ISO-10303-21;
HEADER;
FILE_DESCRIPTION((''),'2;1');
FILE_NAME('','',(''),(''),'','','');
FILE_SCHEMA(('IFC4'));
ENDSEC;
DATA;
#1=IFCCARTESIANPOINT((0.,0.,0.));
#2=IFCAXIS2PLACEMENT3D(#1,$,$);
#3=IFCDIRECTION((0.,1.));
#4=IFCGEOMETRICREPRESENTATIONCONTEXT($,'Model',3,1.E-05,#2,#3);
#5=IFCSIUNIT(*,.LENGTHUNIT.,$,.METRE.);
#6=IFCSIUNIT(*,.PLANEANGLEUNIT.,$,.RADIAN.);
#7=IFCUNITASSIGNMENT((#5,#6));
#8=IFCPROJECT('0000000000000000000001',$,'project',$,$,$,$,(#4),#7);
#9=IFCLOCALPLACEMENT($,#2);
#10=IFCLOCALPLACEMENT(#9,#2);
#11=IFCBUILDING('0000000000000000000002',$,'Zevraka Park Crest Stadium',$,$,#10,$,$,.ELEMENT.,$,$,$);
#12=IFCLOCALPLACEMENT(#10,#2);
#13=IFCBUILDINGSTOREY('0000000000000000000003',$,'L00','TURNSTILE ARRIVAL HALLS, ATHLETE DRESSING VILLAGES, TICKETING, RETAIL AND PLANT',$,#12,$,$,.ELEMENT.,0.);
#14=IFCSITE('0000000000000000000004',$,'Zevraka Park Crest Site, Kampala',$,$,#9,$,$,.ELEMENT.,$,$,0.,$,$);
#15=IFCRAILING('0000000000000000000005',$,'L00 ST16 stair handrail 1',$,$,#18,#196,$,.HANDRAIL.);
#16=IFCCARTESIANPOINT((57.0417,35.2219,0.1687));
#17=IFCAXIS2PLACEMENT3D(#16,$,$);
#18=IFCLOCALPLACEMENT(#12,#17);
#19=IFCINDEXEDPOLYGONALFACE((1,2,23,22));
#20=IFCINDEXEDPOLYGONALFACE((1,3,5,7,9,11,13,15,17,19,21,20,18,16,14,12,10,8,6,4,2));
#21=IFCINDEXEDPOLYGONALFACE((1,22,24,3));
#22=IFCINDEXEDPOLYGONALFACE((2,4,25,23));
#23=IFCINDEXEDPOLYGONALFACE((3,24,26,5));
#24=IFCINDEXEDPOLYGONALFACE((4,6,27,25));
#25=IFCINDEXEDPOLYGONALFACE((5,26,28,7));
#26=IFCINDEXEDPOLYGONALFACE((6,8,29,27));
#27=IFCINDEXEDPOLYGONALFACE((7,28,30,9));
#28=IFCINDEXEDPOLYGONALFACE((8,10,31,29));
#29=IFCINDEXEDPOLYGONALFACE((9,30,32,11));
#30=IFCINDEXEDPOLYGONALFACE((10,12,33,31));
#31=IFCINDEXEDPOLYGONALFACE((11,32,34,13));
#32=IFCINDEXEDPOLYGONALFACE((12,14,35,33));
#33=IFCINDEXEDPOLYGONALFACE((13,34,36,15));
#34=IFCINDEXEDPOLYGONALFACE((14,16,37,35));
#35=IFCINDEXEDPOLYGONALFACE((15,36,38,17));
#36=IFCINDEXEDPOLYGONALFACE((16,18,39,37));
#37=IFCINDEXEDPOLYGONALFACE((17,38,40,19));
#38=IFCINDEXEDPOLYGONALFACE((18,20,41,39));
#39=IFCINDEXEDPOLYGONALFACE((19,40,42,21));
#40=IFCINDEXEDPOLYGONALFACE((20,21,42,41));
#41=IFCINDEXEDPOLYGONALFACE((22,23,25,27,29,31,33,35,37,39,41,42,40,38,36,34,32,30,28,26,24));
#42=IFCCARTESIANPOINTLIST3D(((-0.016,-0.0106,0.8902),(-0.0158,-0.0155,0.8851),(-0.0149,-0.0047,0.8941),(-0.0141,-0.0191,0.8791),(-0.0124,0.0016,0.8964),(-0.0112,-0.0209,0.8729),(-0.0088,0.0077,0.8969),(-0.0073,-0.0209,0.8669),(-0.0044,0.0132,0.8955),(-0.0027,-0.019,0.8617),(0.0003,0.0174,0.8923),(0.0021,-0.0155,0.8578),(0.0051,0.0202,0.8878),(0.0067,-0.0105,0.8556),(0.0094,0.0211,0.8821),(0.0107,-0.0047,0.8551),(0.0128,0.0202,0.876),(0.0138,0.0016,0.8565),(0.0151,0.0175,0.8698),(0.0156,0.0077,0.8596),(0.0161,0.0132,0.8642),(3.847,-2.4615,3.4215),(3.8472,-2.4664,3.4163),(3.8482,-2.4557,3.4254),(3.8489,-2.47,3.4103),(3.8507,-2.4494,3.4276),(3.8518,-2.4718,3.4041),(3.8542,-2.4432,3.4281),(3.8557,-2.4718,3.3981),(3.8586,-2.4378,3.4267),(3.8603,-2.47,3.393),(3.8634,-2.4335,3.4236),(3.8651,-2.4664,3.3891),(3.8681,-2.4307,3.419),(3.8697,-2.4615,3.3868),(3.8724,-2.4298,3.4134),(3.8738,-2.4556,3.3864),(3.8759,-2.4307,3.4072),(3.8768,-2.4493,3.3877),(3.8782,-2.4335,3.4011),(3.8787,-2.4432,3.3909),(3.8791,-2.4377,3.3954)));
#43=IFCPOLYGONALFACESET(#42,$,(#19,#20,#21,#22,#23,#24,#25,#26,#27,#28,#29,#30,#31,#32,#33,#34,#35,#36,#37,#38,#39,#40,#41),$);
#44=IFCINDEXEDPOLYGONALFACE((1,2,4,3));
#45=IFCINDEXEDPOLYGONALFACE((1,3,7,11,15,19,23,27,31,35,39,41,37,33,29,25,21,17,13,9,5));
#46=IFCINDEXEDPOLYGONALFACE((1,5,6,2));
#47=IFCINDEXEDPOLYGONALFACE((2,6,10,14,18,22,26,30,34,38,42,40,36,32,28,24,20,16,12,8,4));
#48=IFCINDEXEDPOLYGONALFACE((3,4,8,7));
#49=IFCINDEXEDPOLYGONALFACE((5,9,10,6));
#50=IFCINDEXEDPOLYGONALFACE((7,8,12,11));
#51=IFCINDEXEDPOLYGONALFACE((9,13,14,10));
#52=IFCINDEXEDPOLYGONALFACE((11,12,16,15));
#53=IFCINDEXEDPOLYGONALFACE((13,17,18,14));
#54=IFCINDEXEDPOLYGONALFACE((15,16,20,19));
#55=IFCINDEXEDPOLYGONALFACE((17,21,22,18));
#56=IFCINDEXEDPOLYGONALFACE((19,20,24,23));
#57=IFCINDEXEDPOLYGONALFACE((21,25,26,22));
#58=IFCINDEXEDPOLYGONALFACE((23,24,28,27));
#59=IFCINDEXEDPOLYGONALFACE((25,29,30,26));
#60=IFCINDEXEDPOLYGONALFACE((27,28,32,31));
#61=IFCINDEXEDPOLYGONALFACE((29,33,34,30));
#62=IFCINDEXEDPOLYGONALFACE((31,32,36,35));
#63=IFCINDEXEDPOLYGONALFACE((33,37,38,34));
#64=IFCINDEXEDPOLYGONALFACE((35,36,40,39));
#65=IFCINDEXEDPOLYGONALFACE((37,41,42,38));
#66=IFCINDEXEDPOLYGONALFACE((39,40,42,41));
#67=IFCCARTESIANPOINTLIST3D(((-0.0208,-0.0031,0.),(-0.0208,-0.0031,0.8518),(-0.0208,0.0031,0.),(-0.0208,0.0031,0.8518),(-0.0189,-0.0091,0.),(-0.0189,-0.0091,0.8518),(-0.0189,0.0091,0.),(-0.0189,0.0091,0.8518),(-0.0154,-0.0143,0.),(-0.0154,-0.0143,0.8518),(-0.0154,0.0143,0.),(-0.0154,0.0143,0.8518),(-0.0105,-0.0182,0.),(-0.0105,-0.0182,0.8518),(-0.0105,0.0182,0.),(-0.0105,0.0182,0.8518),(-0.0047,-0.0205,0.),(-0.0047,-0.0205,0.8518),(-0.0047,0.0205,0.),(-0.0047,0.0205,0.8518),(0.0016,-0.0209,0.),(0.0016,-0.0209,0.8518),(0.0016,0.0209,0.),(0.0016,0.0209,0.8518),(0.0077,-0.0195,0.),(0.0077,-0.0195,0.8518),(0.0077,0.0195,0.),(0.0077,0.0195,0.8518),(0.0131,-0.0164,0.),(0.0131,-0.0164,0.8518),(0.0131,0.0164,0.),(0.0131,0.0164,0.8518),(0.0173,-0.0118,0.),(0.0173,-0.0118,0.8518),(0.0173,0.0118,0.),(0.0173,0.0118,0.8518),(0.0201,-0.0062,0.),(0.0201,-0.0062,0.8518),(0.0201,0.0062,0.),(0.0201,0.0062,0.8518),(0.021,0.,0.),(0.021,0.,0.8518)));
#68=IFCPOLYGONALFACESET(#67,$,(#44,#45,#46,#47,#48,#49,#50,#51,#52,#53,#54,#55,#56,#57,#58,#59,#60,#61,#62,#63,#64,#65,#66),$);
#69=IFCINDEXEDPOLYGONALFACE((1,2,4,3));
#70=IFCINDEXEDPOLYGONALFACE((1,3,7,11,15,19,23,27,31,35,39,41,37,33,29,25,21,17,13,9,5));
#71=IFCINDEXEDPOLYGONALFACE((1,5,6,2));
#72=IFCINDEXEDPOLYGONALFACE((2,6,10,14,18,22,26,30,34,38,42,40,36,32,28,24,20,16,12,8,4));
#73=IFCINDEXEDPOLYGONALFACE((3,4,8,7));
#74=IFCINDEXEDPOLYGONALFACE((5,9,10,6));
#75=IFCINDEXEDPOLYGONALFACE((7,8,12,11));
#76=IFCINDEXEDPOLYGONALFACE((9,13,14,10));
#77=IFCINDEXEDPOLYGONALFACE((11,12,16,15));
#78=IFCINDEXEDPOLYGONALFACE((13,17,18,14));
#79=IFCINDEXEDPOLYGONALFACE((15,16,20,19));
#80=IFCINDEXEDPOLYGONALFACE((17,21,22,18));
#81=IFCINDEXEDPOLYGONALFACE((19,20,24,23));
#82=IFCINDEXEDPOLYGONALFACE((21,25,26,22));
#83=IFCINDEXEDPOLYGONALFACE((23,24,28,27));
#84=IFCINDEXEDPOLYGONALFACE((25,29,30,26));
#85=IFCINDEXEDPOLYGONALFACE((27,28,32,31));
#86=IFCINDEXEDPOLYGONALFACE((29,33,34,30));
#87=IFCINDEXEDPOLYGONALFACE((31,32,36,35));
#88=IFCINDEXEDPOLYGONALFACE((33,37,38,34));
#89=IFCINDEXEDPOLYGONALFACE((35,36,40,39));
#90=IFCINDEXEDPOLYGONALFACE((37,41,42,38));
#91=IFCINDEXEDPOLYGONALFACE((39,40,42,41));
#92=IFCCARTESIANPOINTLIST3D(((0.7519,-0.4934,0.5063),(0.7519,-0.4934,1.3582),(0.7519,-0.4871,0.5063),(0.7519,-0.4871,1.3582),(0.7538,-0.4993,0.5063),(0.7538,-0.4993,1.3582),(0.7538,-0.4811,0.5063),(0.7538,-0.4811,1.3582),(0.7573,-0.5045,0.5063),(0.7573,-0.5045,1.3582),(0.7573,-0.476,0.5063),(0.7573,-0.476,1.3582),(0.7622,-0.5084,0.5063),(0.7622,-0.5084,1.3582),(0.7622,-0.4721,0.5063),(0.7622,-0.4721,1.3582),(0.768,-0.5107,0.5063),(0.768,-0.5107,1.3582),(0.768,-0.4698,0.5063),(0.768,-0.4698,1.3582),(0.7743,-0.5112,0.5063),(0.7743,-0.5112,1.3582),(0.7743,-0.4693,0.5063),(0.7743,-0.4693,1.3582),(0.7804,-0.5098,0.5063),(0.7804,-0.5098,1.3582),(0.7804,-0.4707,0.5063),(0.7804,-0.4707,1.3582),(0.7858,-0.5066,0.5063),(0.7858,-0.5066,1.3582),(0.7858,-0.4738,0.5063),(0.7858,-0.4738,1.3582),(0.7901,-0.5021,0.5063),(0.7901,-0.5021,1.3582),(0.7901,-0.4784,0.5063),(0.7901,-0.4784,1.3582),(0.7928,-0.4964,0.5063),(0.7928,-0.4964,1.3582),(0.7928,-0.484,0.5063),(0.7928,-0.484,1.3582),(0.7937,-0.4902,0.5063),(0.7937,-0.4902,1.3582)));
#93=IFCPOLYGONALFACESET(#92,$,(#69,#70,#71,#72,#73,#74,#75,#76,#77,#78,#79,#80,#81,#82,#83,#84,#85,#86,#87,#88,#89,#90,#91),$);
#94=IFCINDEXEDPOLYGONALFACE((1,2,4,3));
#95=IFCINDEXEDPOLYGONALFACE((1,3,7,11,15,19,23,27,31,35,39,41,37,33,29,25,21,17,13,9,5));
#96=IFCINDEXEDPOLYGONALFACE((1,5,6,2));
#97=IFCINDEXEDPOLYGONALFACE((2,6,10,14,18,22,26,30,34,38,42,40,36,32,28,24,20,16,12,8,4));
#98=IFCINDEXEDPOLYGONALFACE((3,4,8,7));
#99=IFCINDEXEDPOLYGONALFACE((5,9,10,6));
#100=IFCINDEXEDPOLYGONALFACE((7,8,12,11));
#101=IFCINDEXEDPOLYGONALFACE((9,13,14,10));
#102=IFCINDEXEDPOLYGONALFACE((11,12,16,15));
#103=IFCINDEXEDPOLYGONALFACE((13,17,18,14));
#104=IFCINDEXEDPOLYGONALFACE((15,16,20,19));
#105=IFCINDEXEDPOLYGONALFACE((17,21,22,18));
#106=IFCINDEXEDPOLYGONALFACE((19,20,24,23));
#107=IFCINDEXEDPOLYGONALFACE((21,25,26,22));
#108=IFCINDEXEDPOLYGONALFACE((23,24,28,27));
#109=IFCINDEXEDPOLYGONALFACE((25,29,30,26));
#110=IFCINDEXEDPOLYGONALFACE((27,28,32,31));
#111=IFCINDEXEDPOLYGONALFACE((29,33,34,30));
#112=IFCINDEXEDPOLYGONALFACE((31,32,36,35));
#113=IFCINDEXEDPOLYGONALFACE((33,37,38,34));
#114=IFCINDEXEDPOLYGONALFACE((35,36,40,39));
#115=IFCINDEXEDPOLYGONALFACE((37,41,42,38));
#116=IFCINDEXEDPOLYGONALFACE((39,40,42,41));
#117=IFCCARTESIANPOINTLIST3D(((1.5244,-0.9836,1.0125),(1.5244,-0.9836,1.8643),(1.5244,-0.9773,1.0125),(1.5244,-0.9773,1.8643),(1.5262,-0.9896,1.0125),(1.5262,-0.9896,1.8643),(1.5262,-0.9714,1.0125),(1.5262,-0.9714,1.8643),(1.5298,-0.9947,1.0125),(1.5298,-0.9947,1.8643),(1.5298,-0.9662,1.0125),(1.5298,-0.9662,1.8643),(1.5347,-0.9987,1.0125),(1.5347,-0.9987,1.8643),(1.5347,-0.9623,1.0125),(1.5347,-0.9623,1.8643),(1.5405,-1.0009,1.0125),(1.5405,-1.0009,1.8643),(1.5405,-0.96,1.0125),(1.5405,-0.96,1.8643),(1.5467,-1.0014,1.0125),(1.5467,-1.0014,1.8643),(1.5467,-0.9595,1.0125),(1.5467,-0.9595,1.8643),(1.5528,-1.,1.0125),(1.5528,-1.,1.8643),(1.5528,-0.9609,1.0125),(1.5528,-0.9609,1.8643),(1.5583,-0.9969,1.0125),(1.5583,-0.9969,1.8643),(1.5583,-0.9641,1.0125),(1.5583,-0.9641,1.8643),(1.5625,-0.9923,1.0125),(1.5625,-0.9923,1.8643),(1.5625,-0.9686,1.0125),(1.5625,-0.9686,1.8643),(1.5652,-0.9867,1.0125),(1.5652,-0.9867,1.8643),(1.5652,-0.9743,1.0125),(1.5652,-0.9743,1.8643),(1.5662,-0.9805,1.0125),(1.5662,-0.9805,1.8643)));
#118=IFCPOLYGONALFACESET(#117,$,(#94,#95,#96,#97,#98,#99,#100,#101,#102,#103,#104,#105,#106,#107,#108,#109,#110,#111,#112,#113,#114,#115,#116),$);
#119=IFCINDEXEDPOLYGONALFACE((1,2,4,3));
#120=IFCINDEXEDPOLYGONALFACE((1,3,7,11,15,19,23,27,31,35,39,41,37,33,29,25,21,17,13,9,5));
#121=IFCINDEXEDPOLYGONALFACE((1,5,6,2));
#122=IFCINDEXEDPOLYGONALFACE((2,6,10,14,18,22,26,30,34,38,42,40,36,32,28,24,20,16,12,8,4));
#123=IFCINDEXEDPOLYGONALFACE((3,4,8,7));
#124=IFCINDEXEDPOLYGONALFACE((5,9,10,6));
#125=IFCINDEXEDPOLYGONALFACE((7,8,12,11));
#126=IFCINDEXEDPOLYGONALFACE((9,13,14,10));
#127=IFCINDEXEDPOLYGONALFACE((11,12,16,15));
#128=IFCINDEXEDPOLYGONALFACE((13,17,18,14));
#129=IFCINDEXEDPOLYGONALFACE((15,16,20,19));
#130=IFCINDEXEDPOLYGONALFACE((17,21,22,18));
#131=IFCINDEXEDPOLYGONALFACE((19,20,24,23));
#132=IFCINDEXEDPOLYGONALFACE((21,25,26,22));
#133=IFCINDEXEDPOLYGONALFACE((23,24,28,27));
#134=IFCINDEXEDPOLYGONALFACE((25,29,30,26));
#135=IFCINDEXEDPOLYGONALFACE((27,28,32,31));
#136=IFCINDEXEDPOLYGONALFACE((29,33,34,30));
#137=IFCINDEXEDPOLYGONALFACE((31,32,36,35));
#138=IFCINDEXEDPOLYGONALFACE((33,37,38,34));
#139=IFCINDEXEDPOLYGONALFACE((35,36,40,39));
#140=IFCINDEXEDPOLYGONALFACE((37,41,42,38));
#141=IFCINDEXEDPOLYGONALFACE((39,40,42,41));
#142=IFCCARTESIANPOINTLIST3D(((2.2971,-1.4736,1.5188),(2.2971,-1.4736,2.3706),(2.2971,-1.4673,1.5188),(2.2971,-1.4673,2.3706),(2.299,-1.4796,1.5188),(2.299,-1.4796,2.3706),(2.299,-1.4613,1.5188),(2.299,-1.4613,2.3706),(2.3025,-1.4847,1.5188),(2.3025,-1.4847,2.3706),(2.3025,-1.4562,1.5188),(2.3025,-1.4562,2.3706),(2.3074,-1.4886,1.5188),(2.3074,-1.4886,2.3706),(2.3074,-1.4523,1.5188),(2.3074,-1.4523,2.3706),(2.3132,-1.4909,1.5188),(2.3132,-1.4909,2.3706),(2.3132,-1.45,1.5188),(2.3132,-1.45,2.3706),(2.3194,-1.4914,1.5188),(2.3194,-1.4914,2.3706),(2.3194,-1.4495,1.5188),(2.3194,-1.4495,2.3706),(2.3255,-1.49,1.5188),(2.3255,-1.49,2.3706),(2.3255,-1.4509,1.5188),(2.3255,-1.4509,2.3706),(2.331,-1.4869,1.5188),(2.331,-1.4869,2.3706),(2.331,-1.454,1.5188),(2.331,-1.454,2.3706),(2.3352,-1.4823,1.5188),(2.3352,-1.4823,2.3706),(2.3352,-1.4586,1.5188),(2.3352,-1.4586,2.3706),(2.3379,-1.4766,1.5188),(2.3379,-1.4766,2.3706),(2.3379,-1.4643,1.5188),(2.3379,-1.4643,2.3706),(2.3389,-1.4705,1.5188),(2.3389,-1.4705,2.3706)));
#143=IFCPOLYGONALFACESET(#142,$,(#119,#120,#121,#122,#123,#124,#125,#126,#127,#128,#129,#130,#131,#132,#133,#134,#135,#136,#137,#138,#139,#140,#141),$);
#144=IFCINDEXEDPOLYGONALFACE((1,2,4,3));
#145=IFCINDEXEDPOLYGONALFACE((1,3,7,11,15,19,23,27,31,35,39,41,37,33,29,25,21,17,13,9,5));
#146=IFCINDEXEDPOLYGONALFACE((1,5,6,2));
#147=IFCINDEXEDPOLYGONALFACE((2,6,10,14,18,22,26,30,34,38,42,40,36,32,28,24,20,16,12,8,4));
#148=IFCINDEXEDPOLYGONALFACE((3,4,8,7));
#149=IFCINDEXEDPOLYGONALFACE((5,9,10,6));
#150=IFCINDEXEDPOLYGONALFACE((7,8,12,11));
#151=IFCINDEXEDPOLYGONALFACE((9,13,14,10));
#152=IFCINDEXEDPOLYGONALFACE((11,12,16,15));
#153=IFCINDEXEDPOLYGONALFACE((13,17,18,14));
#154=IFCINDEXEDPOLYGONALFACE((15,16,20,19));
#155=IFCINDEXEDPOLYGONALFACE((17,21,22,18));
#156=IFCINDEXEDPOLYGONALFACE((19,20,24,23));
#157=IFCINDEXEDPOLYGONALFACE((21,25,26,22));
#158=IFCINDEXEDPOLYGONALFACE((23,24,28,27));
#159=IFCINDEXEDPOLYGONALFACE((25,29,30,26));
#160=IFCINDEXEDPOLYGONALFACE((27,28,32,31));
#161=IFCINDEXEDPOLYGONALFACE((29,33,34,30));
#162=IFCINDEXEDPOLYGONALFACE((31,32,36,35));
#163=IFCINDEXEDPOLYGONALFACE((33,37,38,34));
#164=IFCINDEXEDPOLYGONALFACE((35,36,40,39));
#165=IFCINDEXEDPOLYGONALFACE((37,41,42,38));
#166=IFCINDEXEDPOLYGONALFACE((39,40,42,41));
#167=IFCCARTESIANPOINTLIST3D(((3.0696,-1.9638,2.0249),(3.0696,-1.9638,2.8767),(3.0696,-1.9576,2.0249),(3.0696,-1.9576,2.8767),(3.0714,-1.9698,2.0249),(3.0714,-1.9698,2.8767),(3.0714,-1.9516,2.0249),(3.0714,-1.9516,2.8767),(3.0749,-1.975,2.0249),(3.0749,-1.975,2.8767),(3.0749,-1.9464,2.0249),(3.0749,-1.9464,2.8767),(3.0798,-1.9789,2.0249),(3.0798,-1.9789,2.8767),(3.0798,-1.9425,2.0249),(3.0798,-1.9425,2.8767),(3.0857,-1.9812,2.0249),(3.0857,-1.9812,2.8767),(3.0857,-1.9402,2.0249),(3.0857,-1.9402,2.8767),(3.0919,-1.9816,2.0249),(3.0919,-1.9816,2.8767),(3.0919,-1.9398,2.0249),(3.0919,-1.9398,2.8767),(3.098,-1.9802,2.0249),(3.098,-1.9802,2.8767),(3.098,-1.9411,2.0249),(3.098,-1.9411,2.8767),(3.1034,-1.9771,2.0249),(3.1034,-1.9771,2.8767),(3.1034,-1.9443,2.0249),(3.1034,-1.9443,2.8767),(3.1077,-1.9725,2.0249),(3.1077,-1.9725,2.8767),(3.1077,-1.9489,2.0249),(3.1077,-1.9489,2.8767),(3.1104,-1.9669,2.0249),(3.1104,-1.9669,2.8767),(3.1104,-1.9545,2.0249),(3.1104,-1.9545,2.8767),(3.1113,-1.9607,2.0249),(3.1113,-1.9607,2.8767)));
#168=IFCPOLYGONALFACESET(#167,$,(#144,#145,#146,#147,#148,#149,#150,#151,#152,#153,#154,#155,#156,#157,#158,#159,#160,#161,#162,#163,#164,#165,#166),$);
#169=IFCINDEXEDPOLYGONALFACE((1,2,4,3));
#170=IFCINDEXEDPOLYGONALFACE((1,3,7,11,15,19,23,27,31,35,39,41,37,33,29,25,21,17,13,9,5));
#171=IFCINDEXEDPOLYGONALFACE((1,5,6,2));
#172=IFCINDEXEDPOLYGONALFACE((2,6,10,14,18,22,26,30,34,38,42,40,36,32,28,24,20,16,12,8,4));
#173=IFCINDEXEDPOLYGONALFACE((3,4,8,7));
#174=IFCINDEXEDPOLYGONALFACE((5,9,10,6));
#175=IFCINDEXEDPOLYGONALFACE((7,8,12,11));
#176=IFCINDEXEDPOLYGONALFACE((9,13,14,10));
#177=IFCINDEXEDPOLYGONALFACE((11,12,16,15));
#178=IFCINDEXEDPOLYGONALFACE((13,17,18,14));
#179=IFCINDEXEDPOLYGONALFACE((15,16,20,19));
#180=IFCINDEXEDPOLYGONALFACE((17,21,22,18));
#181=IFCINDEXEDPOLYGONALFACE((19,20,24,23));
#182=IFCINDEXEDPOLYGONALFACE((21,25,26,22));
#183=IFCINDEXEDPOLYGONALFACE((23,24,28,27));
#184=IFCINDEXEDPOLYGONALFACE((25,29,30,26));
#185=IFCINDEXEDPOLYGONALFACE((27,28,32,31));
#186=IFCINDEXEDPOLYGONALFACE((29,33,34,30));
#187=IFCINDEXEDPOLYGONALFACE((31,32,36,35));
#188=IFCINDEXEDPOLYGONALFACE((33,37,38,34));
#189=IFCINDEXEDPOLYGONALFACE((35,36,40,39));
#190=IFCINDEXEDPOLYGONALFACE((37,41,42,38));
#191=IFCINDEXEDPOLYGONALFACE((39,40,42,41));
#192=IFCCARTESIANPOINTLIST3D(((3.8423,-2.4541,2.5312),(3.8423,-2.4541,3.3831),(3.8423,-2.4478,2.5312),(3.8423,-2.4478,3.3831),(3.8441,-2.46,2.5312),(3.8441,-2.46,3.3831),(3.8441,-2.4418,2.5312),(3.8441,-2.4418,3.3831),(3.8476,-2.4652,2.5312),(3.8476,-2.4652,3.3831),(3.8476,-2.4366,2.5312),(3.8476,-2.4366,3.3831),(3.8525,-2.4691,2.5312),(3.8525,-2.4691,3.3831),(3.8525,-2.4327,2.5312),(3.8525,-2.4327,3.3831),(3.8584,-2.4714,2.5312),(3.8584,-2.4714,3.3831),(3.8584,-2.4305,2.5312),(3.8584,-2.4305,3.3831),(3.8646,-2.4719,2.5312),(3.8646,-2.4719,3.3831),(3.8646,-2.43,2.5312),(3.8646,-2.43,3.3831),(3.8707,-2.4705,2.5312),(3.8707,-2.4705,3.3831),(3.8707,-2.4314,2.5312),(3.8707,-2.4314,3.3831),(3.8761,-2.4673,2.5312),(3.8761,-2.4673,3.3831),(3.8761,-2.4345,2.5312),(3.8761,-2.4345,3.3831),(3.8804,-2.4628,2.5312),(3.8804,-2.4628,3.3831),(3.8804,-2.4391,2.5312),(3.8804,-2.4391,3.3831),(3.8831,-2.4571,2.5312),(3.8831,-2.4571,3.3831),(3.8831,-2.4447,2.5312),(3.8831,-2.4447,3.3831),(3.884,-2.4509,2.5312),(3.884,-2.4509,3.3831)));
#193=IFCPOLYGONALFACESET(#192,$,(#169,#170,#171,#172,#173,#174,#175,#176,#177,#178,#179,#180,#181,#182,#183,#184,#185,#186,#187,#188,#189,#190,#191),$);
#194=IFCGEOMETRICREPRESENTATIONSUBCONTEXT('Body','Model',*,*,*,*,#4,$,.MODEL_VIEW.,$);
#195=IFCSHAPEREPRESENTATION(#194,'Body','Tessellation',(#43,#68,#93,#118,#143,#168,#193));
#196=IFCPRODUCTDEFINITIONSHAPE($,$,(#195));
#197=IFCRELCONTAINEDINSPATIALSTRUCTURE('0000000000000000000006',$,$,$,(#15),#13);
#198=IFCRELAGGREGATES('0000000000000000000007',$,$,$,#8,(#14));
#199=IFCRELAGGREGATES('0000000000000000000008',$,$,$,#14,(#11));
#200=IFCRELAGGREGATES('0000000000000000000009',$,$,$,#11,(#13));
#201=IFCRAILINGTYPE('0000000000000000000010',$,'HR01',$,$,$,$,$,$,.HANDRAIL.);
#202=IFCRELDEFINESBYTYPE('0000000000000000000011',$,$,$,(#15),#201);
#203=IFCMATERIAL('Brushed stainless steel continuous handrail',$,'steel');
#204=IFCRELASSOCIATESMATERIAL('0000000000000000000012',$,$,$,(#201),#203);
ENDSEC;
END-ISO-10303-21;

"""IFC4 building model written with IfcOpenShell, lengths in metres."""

from ifc_helpers import new_model, si_unit, direction, frame, origin, origin_2d, place, context, subcontext, project, spatial, circle, extrude, material, type_object, element, save


model = new_model("IFC4")

# Units and contexts
model_context = context("Model", 3, precision=1e-05, world=origin(), true_north=direction((0.0, 1.0)))
body_context = subcontext(model_context, "Body", "Model", "MODEL_VIEW")
ifc_project = project(units=[si_unit("LENGTHUNIT", "METRE"), si_unit("PLANEANGLEUNIT", "RADIAN")], contexts=[model_context])

# Site, building, storey
site_placement = place(None, origin())
site = spatial("IfcSite", under=ifc_project, at=site_placement, Name="Zevraka Park Crest Site, Kampala", CompositionType="ELEMENT", RefElevation=0.0)
building_placement = place(site_placement, origin())
building = spatial("IfcBuilding", under=site, at=building_placement, Name="Zevraka Park Crest Stadium", CompositionType="ELEMENT")
storey_placement = place(building_placement, origin())
storey = spatial("IfcBuildingStorey", under=building, at=storey_placement, Name="L00", Description="TURNSTILE ARRIVAL HALLS, ATHLETE DRESSING VILLAGES, TICKETING, RETAIL AND PLANT", CompositionType="ELEMENT", Elevation=0.0)

# Railing
ifc_material_1 = material(Name="Brushed stainless steel continuous handrail", Category="steel")
railing_type_1 = type_object("IfcRailingType", Name="HR01", PredefinedType="HANDRAIL", material=ifc_material_1)
railing_1_placement = place(storey_placement, frame((57.0417, 35.2219, 0.1687)))
element("IfcRailing", 1, at=railing_1_placement, inside=storey, type_object=railing_type_1, Name="L00 ST16 stair handrail 1", PredefinedType="HANDRAIL", context=body_context, shape_type="SweptSolid", body=[
    extrude(circle(Radius=0.0239, at=origin_2d()), frame((0.0, 0.0, 0.876), z_axis=(0.738841, -0.468762, 0.484124), x_axis=(0.535729, 0.84439, 0.0)), (0.0, 0.0, 1.0), 5.2285),
    extrude(circle(Radius=0.021, at=origin_2d()), origin(), (0.0, 0.0, 1.0), 0.8518),
    extrude(circle(Radius=0.021, at=origin_2d()), frame((0.7727, -0.4902, 0.5063)), (0.0, 0.0, 1.0), 0.8518),
    extrude(circle(Radius=0.021, at=origin_2d()), frame((1.5452, -0.9805, 1.0125)), (0.0, 0.0, 1.0), 0.8518),
    extrude(circle(Radius=0.021, at=origin_2d()), frame((2.3179, -1.4705, 1.5188)), (0.0, 0.0, 1.0), 0.8518),
    extrude(circle(Radius=0.021, at=origin_2d()), frame((3.0903, -1.9607, 2.0249)), (0.0, 0.0, 1.0), 0.8518),
    extrude(circle(Radius=0.021, at=origin_2d()), frame((3.863, -2.4509, 2.5312)), (0.0, 0.0, 1.0), 0.8518),
])

save(model, "model.ifc")
